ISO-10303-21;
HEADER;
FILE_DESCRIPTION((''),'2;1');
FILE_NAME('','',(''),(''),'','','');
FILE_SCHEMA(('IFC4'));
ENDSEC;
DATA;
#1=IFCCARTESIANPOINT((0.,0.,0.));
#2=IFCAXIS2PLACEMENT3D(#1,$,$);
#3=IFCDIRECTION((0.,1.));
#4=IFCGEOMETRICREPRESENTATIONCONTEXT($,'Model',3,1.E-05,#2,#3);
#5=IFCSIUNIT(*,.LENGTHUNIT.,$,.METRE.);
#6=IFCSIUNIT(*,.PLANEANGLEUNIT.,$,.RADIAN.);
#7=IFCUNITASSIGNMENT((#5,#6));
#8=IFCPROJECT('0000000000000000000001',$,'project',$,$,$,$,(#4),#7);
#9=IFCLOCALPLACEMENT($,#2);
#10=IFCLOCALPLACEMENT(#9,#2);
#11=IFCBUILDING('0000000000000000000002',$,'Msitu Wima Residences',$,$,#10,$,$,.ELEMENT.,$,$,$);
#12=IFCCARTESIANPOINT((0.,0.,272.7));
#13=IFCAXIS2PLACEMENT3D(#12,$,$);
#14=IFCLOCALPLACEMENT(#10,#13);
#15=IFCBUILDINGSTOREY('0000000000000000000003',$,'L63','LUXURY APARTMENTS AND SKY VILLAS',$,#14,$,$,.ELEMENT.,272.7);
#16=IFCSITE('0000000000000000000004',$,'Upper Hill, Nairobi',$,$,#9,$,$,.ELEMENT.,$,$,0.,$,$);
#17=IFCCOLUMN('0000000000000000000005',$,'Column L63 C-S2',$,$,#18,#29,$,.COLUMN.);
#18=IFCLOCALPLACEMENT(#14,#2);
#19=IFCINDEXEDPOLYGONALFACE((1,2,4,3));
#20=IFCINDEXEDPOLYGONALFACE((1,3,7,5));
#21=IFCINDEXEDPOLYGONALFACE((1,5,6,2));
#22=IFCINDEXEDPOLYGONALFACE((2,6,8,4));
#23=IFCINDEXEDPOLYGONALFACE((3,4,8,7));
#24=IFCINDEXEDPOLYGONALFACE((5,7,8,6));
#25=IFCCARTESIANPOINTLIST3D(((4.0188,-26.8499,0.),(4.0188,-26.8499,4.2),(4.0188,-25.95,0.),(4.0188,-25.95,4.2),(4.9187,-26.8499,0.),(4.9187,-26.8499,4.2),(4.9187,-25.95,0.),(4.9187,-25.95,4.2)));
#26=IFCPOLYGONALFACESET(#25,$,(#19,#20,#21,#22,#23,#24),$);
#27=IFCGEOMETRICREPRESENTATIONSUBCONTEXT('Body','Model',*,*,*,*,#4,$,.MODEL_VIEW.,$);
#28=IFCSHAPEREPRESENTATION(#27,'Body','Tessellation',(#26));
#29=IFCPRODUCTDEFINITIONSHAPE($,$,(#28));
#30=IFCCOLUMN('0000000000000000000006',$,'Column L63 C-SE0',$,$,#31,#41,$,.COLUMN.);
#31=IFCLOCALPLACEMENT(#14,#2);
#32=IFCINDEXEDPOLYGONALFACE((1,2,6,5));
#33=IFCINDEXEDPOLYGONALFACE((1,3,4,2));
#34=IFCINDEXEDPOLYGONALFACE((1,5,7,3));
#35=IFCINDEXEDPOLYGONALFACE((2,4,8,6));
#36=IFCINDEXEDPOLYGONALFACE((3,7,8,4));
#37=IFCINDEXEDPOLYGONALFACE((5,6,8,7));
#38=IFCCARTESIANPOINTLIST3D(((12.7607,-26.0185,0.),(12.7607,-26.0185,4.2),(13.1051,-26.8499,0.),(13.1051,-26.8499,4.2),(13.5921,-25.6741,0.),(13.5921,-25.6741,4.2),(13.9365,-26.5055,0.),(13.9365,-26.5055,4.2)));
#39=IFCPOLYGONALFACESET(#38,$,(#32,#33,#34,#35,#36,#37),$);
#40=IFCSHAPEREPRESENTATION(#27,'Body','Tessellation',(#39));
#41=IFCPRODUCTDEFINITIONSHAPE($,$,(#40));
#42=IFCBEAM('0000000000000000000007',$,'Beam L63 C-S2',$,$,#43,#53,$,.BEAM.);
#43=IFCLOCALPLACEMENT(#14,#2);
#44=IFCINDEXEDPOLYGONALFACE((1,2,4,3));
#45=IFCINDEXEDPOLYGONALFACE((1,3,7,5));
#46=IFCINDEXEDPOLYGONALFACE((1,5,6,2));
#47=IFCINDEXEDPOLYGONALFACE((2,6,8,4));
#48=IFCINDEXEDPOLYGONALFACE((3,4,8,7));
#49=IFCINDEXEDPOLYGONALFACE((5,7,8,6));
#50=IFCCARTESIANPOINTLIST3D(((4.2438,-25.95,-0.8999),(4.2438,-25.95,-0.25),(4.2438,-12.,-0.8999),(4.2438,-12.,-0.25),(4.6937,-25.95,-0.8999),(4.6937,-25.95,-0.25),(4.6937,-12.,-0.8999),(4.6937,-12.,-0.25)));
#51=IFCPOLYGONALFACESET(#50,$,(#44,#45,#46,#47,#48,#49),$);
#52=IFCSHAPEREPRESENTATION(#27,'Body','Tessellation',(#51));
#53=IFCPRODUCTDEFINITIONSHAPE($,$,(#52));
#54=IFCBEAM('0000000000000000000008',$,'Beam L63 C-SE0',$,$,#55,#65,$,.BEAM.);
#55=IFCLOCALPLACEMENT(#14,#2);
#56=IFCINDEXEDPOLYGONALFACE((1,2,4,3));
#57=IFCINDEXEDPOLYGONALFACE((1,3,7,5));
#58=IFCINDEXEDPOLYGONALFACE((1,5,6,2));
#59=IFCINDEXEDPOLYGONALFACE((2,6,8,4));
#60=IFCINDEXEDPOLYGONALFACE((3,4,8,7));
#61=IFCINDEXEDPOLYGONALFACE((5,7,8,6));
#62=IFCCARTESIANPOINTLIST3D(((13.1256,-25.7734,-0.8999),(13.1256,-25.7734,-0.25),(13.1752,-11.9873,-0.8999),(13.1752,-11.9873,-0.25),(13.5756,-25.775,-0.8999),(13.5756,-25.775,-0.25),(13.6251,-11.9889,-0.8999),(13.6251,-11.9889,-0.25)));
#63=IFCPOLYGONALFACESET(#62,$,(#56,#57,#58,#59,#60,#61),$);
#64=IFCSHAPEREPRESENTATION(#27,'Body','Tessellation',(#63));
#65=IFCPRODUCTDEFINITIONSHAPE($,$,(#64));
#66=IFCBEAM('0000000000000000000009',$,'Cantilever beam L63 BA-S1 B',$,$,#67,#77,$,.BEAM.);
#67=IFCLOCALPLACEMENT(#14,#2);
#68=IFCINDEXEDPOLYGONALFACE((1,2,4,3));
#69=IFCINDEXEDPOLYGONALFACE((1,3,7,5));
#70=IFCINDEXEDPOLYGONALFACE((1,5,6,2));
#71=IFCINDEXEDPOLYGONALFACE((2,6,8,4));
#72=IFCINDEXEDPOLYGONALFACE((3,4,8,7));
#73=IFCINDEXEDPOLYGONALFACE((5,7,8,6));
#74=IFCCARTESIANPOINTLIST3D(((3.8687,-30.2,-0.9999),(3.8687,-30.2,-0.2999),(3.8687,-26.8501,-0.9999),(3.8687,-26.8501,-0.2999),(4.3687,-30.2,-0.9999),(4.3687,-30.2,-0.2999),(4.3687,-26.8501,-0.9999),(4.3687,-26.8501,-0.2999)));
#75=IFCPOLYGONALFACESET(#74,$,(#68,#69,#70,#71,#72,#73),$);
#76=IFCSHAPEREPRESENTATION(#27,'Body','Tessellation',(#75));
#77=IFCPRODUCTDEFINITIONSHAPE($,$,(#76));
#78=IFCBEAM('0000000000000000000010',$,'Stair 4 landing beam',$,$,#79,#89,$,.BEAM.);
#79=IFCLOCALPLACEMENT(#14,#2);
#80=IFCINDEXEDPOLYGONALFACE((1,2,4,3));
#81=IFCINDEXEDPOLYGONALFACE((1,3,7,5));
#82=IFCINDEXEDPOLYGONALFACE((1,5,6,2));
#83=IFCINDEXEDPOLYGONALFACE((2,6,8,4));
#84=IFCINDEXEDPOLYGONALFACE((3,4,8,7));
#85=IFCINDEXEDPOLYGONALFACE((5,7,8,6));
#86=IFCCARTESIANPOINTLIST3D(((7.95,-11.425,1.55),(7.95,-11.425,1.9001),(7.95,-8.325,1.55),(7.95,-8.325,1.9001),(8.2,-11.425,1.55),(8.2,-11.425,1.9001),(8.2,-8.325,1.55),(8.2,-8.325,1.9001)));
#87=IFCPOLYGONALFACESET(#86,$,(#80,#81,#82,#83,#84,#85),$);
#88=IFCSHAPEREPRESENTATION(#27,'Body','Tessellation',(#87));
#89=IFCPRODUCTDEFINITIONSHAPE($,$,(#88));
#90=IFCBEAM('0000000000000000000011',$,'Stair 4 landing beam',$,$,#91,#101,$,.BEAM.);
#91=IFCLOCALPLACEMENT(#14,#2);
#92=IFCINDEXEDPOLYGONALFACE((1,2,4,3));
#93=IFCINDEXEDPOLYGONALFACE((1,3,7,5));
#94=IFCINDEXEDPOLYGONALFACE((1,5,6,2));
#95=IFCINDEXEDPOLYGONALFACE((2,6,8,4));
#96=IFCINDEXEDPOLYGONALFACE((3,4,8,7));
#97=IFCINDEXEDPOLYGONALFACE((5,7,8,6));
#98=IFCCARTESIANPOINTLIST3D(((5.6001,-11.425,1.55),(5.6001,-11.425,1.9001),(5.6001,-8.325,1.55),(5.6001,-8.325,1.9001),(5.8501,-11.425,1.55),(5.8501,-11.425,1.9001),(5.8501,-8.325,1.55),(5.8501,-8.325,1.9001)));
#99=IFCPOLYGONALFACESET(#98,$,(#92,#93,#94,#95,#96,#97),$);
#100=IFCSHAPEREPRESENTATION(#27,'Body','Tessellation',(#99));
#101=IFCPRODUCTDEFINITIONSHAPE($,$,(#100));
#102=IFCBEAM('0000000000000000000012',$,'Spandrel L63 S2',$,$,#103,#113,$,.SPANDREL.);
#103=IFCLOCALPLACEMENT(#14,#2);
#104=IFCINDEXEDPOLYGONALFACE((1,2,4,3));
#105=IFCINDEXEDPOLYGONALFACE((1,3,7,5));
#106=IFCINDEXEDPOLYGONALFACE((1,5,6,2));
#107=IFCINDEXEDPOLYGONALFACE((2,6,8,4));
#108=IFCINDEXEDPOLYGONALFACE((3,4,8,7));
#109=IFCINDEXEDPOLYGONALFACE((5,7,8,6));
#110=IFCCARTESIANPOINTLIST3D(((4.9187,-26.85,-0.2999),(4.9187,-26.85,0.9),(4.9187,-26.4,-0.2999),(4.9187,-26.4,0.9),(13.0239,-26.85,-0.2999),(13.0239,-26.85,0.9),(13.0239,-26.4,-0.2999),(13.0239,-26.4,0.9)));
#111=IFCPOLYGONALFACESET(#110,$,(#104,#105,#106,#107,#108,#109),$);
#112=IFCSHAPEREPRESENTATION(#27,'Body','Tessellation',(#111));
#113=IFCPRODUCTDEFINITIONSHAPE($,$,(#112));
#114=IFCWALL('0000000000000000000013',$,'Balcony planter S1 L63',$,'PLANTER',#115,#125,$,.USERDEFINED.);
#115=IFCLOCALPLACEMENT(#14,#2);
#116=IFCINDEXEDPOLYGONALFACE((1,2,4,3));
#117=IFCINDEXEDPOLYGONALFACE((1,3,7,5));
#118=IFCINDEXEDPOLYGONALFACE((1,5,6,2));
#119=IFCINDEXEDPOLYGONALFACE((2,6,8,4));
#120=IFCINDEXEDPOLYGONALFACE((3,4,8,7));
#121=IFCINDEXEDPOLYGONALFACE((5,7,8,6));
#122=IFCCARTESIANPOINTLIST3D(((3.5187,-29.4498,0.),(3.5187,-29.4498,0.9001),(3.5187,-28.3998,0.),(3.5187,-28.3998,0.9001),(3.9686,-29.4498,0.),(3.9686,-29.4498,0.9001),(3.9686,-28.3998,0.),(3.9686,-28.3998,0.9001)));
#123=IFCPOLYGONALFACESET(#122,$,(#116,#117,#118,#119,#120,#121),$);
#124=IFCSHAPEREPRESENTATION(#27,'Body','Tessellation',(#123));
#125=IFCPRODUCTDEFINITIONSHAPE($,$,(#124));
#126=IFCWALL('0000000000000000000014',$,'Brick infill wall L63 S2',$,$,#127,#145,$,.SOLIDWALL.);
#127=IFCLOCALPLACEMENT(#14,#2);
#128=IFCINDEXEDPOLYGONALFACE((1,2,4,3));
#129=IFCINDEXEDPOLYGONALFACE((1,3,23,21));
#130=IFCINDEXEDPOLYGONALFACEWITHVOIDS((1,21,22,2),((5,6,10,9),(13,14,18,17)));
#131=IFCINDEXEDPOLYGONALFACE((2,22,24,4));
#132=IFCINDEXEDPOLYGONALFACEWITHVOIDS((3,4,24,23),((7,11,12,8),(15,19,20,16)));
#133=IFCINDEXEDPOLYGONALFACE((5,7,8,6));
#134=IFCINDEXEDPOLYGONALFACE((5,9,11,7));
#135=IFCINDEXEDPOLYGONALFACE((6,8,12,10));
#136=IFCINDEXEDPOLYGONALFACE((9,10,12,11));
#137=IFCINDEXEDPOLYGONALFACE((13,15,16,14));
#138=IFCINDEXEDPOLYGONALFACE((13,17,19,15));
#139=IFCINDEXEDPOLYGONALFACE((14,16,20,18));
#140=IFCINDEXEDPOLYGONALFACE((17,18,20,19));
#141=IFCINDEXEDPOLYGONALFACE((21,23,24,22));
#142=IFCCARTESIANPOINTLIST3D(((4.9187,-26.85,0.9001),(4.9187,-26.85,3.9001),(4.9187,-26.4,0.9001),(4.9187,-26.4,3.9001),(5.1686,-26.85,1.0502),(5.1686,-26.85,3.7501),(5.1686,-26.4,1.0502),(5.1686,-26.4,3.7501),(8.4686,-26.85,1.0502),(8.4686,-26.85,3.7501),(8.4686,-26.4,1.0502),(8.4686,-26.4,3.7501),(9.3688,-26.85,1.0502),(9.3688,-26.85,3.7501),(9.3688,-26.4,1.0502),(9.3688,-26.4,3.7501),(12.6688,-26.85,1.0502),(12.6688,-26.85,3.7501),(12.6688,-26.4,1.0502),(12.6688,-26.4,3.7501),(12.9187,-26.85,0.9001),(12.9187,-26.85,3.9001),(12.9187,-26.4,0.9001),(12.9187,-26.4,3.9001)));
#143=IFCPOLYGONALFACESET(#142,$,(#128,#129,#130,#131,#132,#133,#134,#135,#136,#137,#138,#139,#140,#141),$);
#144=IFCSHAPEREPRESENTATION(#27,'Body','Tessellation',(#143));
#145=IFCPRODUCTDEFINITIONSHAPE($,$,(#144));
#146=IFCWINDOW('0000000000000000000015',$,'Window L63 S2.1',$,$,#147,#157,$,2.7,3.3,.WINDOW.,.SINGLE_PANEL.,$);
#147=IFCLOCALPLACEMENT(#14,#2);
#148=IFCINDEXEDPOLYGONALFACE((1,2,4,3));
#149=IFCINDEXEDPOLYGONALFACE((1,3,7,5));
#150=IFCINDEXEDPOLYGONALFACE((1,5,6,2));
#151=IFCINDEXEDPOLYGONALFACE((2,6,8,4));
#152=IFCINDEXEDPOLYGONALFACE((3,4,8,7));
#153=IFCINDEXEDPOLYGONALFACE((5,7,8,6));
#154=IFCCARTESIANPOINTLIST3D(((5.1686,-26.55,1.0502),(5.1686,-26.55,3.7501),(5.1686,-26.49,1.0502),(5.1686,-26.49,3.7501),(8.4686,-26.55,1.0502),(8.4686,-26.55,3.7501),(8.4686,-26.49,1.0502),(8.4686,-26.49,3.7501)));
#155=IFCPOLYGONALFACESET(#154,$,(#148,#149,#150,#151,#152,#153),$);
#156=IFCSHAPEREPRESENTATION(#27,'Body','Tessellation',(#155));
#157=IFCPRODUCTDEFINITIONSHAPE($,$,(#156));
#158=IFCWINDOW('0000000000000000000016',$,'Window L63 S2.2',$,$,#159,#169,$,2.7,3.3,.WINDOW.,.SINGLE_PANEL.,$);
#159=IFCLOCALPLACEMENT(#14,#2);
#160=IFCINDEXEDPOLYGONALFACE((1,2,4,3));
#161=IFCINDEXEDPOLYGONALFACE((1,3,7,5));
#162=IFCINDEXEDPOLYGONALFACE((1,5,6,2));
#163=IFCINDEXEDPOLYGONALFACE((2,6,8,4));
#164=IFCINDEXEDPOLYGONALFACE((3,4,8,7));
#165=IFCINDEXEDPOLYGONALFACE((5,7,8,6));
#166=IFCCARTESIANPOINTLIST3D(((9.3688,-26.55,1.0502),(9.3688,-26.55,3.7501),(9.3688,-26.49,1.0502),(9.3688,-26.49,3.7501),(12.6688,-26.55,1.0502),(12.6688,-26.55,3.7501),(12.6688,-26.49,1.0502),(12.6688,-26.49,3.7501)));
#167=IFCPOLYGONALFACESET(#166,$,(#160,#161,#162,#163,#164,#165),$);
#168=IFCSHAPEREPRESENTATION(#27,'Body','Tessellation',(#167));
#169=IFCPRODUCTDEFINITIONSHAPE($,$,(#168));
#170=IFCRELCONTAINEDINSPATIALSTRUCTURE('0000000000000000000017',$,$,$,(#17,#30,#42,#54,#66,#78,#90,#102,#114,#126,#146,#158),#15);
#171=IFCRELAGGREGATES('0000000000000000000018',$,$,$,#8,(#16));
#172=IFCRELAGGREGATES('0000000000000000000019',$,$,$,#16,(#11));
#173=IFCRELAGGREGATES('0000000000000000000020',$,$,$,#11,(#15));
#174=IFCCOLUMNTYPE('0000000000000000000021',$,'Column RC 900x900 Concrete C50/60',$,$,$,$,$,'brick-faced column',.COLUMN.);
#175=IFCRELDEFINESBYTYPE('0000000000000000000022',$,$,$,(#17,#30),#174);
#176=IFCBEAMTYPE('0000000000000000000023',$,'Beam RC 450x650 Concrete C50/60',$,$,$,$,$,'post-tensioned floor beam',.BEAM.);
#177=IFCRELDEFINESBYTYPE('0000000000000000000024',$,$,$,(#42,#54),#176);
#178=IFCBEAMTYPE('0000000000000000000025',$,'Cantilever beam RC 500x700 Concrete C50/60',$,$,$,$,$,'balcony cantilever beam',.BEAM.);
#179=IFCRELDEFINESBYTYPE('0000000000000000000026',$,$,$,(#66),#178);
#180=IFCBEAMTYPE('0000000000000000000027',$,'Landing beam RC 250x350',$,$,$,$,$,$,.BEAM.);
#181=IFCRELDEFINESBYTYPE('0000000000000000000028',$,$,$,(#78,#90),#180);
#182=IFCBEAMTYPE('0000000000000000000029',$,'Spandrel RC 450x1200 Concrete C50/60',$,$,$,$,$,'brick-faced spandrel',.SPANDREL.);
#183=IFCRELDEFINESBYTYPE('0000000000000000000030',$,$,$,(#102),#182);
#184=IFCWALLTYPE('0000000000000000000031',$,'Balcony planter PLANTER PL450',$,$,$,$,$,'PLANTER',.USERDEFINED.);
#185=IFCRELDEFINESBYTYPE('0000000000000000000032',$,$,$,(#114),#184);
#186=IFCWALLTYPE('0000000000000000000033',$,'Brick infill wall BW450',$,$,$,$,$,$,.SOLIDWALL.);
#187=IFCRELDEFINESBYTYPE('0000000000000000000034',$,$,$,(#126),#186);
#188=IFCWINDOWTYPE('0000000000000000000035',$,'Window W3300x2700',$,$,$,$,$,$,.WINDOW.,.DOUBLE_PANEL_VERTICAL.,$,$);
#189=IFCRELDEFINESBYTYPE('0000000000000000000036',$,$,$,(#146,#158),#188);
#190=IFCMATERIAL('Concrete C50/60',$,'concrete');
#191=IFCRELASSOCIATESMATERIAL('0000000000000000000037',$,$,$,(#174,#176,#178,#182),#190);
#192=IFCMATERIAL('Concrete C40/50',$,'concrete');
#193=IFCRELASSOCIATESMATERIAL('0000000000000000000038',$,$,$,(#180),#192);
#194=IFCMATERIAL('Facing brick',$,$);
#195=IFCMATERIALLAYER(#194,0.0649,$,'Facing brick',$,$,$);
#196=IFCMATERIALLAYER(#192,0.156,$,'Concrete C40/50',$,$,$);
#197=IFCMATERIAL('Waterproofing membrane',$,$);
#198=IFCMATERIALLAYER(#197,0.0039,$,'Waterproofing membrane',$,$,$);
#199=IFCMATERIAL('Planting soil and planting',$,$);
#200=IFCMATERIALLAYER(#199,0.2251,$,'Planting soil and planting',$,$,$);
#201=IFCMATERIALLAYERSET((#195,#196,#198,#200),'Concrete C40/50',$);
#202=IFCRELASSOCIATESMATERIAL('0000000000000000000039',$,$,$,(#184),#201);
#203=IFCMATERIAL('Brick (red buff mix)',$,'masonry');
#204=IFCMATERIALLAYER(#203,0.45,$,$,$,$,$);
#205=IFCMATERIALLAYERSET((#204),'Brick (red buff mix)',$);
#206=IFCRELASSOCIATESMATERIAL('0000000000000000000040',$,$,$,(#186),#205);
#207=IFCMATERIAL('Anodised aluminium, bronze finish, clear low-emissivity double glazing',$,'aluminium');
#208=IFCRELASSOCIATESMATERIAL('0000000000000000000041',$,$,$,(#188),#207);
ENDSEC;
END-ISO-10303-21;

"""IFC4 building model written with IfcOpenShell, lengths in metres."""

from ifc_helpers import new_model, si_unit, direction, frame, frame_2d, origin, origin_2d, place, context, subcontext, project, spatial, rectangle, extrude, material, layer, layer_set, material_profile, profile_set, type_object, element, fill, save


model = new_model("IFC4")

# Units and contexts
model_context = context("Model", 3, precision=1e-05, world=origin(), true_north=direction((0.0, 1.0)))
body_context = subcontext(model_context, "Body", "Model", "MODEL_VIEW")
ifc_project = project(units=[si_unit("LENGTHUNIT", "METRE"), si_unit("PLANEANGLEUNIT", "RADIAN")], contexts=[model_context])

# Site, building, storey
site_placement = place(None, origin())
site = spatial("IfcSite", under=ifc_project, at=site_placement, Name="Upper Hill, Nairobi", CompositionType="ELEMENT", RefElevation=0.0)
building_placement = place(site_placement, origin())
building = spatial("IfcBuilding", under=site, at=building_placement, Name="Msitu Wima Residences", CompositionType="ELEMENT")
storey_placement = place(building_placement, frame((0.0, 0.0, 272.7)))
storey = spatial("IfcBuildingStorey", under=building, at=storey_placement, Name="L63", Description="LUXURY APARTMENTS AND SKY VILLAS", CompositionType="ELEMENT", Elevation=272.7)

# Columns
ifc_material_1 = material(Name="Concrete C50/60", Category="concrete")
ifc_material_profile_1 = material_profile(ifc_material_1, rectangle(XDim=0.8999, YDim=0.8999, at=origin_2d()), Name="RC 900x900")
ifc_profile_set_1 = profile_set([ifc_material_profile_1], Name="Concrete C50/60")
column_type = type_object("IfcColumnType", Name="Column RC 900x900 Concrete C50/60", ElementType="brick-faced column", PredefinedType="COLUMN", material=ifc_profile_set_1)
for number, where, z_axis, x_axis, name in (
    (1, (4.4688, -26.3999, 0.0), (0.0, 0.0, 1.0), (1.0, 0.0, 0.0), "Column L63 C-S2"),
    (2, (13.3486, -26.262, 0.0), (0.0, 0.0, 1.0), (0.92388, 0.382683, 0.0), "Column L63 C-SE0"),
):
    element("IfcColumn", number, at=place(storey_placement, frame(where, z_axis=z_axis, x_axis=x_axis)), inside=storey, type_object=column_type, Name=name, PredefinedType="COLUMN", context=body_context, shape_type="SweptSolid", body=[
        extrude(rectangle(XDim=0.8999, YDim=0.8999, at=origin_2d()), origin(), (0.0, 0.0, 1.0), 4.2),
    ])

# Beams
ifc_material_profile_2 = material_profile(ifc_material_1, rectangle(XDim=0.45, YDim=0.6499, at=origin_2d()), Name="RC 450x650")
ifc_profile_set_2 = profile_set([ifc_material_profile_2], Name="Concrete C50/60")
beam_type_1 = type_object("IfcBeamType", Name="Beam RC 450x650 Concrete C50/60", ElementType="post-tensioned floor beam", PredefinedType="BEAM", material=ifc_profile_set_2)
beam_1_placement = place(storey_placement, frame((4.4688, -25.95, -0.575), z_axis=(0.0, 1.0, 0.0), x_axis=(-1.0, 0.0, 0.0)))
element("IfcBeam", 3, at=beam_1_placement, inside=storey, type_object=beam_type_1, Name="Beam L63 C-S2", PredefinedType="BEAM", context=body_context, shape_type="SweptSolid", body=[
    extrude(rectangle(XDim=0.45, YDim=0.6499, at=origin_2d()), origin(), (0.0, 0.0, 1.0), 13.95),
])
beam_2_placement = place(storey_placement, frame((13.3506, -25.7742, -0.575), z_axis=(0.003595, 0.999994, 0.0), x_axis=(-0.999994, 0.003595, 0.0)))
element("IfcBeam", 4, at=beam_2_placement, inside=storey, type_object=beam_type_1, Name="Beam L63 C-SE0", PredefinedType="BEAM", context=body_context, shape_type="SweptSolid", body=[
    extrude(rectangle(XDim=0.45, YDim=0.6499, at=origin_2d()), origin(), (0.0, 0.0, 1.0), 13.7861),
])
ifc_material_profile_3 = material_profile(ifc_material_1, rectangle(XDim=0.5, YDim=0.7, at=origin_2d()), Name="RC 500x700")
ifc_profile_set_3 = profile_set([ifc_material_profile_3], Name="Concrete C50/60")
beam_type_2 = type_object("IfcBeamType", Name="Cantilever beam RC 500x700 Concrete C50/60", ElementType="balcony cantilever beam", PredefinedType="BEAM", material=ifc_profile_set_3)
beam_3_placement = place(storey_placement, frame((4.1187, -26.8501, -0.6499), z_axis=(0.0, -1.0, 0.0), x_axis=(1.0, 0.0, 0.0)))
element("IfcBeam", 5, at=beam_3_placement, inside=storey, type_object=beam_type_2, Name="Cantilever beam L63 BA-S1 B", PredefinedType="BEAM", context=body_context, shape_type="SweptSolid", body=[
    extrude(rectangle(XDim=0.5, YDim=0.7, at=origin_2d()), origin(), (0.0, 0.0, 1.0), 3.3499),
])
ifc_material_2 = material(Name="Concrete C40/50", Category="concrete")
ifc_material_profile_4 = material_profile(ifc_material_2, rectangle(XDim=0.25, YDim=0.3501, at=origin_2d()), Name="RC 250x350")
ifc_profile_set_4 = profile_set([ifc_material_profile_4], Name="Concrete C40/50")
beam_type_3 = type_object("IfcBeamType", Name="Landing beam RC 250x350", PredefinedType="BEAM", material=ifc_profile_set_4)
for number, where, z_axis, x_axis, name in (
    (6, (8.075, -11.425, 1.7251), (0.0, 1.0, 0.0), (-1.0, 0.0, 0.0), "Stair 4 landing beam"),
    (7, (5.7251, -11.425, 1.7251), (0.0, 1.0, 0.0), (-1.0, 0.0, 0.0), "Stair 4 landing beam"),
):
    element("IfcBeam", number, at=place(storey_placement, frame(where, z_axis=z_axis, x_axis=x_axis)), inside=storey, type_object=beam_type_3, Name=name, PredefinedType="BEAM", context=body_context, shape_type="SweptSolid", body=[
        extrude(rectangle(XDim=0.25, YDim=0.3501, at=origin_2d()), origin(), (0.0, 0.0, 1.0), 3.1001),
    ])
ifc_material_profile_5 = material_profile(ifc_material_1, rectangle(XDim=0.45, YDim=1.2, at=origin_2d()), Name="RC 450x1200")
ifc_profile_set_5 = profile_set([ifc_material_profile_5], Name="Concrete C50/60")
beam_type_4 = type_object("IfcBeamType", Name="Spandrel RC 450x1200 Concrete C50/60", ElementType="brick-faced spandrel", PredefinedType="SPANDREL", material=ifc_profile_set_5)
beam_4_placement = place(storey_placement, frame((4.9187, -26.625, 0.3), z_axis=(1.0, 0.0, 0.0), x_axis=(0.0, 1.0, 0.0)))
element("IfcBeam", 8, at=beam_4_placement, inside=storey, type_object=beam_type_4, Name="Spandrel L63 S2", PredefinedType="SPANDREL", context=body_context, shape_type="SweptSolid", body=[
    extrude(rectangle(XDim=0.45, YDim=1.2, at=origin_2d()), origin(), (0.0, 0.0, 1.0), 8.1052),
])

# Wall
ifc_material_3 = material(Name="Facing brick")
ifc_layer_1 = layer(ifc_material_3, 0.0649, Name="Facing brick")
ifc_layer_2 = layer(ifc_material_2, 0.156, Name="Concrete C40/50")
ifc_material_4 = material(Name="Waterproofing membrane")
ifc_layer_3 = layer(ifc_material_4, 0.0039, Name="Waterproofing membrane")
ifc_material_5 = material(Name="Planting soil and planting")
ifc_layer_4 = layer(ifc_material_5, 0.2251, Name="Planting soil and planting")
ifc_layer_set_1 = layer_set([ifc_layer_1, ifc_layer_2, ifc_layer_3, ifc_layer_4], Name="Concrete C40/50")
wall_type_1 = type_object("IfcWallType", Name="Balcony planter PLANTER PL450", ElementType="PLANTER", PredefinedType="USERDEFINED", material=ifc_layer_set_1)
wall_1_placement = place(storey_placement, frame((3.7437, -28.3999, 0.0), z_axis=(0.0, 0.0, 1.0), x_axis=(0.0, -1.0, 0.0)))
element("IfcWall", 9, at=wall_1_placement, inside=storey, type_object=wall_type_1, Name="Balcony planter S1 L63", ObjectType="PLANTER", PredefinedType="USERDEFINED", context=body_context, shape_type="SweptSolid", body=[
    extrude(rectangle(XDim=1.05, YDim=0.45, at=frame_2d((0.5249, 0.0))), origin(), (0.0, 0.0, 1.0), 0.9001),
])

# Wall, openings, windows
ifc_material_6 = material(Name="Brick (red buff mix)", Category="masonry")
ifc_layer_5 = layer(ifc_material_6, 0.45)
ifc_layer_set_2 = layer_set([ifc_layer_5], Name="Brick (red buff mix)")
wall_type_2 = type_object("IfcWallType", Name="Brick infill wall BW450", PredefinedType="SOLIDWALL", material=ifc_layer_set_2)
wall_2_placement = place(storey_placement, frame((4.9187, -26.625, 0.9001), z_axis=(0.0, 0.0, 1.0), x_axis=(1.0, 0.0, 0.0)))
wall_2 = element("IfcWall", 10, at=wall_2_placement, inside=storey, type_object=wall_type_2, Name="Brick infill wall L63 S2", PredefinedType="SOLIDWALL", context=body_context, shape_type="SweptSolid", body=[
    extrude(rectangle(XDim=8.0, YDim=0.45, at=frame_2d((4.0, 0.0))), origin(), (0.0, 0.0, 1.0), 3.0),
])
opening_1_placement = place(wall_2_placement, frame((0.25, 0.0, 0.1499)))
opening_1 = element("IfcOpeningElement", 11, at=opening_1_placement, cuts=wall_2, PredefinedType="OPENING", context=body_context, shape_type="SweptSolid", body=[
    extrude(rectangle(XDim=3.3, YDim=2.7, at=frame_2d((1.6499, 1.3501))), frame((0.0, 0.2349, 0.0), z_axis=(0.0, -1.0, 0.0), x_axis=(1.0, 0.0, 0.0)), (0.0, 0.0, 1.0), 0.47),
])
opening_2_placement = place(wall_2_placement, frame((4.4502, 0.0, 0.1499)))
opening_2 = element("IfcOpeningElement", 12, at=opening_2_placement, cuts=wall_2, PredefinedType="OPENING", context=body_context, shape_type="SweptSolid", body=[
    extrude(rectangle(XDim=3.3, YDim=2.7, at=frame_2d((1.6499, 1.3501))), frame((0.0, 0.2349, 0.0), z_axis=(0.0, -1.0, 0.0), x_axis=(1.0, 0.0, 0.0)), (0.0, 0.0, 1.0), 0.47),
])
ifc_material_7 = material(Name="Anodised aluminium, bronze finish, clear low-emissivity double glazing", Category="aluminium")
window_type = type_object("IfcWindowType", Name="Window W3300x2700", PartitioningType="DOUBLE_PANEL_VERTICAL", PredefinedType="WINDOW", material=ifc_material_7)
window_1_placement = place(opening_1_placement, origin())
window_1 = element("IfcWindow", 13, at=window_1_placement, inside=storey, type_object=window_type, Name="Window L63 S2.1", OverallHeight=2.7, OverallWidth=3.3, PartitioningType="SINGLE_PANEL", PredefinedType="WINDOW", context=body_context, shape_type="SweptSolid", body=[
    extrude(rectangle(XDim=3.3, YDim=2.7, at=frame_2d((1.6499, 1.3501))), frame((0.0, 0.135, 0.0), z_axis=(0.0, -1.0, 0.0), x_axis=(1.0, 0.0, 0.0)), (0.0, 0.0, 1.0), 0.0601),
])
fill(opening_1, window_1)
window_2_placement = place(opening_2_placement, origin())
window_2 = element("IfcWindow", 14, at=window_2_placement, inside=storey, type_object=window_type, Name="Window L63 S2.2", OverallHeight=2.7, OverallWidth=3.3, PartitioningType="SINGLE_PANEL", PredefinedType="WINDOW", context=body_context, shape_type="SweptSolid", body=[
    extrude(rectangle(XDim=3.3, YDim=2.7, at=frame_2d((1.6499, 1.3501))), frame((0.0, 0.135, 0.0), z_axis=(0.0, -1.0, 0.0), x_axis=(1.0, 0.0, 0.0)), (0.0, 0.0, 1.0), 0.0601),
])
fill(opening_2, window_2)

save(model, "model.ifc")
